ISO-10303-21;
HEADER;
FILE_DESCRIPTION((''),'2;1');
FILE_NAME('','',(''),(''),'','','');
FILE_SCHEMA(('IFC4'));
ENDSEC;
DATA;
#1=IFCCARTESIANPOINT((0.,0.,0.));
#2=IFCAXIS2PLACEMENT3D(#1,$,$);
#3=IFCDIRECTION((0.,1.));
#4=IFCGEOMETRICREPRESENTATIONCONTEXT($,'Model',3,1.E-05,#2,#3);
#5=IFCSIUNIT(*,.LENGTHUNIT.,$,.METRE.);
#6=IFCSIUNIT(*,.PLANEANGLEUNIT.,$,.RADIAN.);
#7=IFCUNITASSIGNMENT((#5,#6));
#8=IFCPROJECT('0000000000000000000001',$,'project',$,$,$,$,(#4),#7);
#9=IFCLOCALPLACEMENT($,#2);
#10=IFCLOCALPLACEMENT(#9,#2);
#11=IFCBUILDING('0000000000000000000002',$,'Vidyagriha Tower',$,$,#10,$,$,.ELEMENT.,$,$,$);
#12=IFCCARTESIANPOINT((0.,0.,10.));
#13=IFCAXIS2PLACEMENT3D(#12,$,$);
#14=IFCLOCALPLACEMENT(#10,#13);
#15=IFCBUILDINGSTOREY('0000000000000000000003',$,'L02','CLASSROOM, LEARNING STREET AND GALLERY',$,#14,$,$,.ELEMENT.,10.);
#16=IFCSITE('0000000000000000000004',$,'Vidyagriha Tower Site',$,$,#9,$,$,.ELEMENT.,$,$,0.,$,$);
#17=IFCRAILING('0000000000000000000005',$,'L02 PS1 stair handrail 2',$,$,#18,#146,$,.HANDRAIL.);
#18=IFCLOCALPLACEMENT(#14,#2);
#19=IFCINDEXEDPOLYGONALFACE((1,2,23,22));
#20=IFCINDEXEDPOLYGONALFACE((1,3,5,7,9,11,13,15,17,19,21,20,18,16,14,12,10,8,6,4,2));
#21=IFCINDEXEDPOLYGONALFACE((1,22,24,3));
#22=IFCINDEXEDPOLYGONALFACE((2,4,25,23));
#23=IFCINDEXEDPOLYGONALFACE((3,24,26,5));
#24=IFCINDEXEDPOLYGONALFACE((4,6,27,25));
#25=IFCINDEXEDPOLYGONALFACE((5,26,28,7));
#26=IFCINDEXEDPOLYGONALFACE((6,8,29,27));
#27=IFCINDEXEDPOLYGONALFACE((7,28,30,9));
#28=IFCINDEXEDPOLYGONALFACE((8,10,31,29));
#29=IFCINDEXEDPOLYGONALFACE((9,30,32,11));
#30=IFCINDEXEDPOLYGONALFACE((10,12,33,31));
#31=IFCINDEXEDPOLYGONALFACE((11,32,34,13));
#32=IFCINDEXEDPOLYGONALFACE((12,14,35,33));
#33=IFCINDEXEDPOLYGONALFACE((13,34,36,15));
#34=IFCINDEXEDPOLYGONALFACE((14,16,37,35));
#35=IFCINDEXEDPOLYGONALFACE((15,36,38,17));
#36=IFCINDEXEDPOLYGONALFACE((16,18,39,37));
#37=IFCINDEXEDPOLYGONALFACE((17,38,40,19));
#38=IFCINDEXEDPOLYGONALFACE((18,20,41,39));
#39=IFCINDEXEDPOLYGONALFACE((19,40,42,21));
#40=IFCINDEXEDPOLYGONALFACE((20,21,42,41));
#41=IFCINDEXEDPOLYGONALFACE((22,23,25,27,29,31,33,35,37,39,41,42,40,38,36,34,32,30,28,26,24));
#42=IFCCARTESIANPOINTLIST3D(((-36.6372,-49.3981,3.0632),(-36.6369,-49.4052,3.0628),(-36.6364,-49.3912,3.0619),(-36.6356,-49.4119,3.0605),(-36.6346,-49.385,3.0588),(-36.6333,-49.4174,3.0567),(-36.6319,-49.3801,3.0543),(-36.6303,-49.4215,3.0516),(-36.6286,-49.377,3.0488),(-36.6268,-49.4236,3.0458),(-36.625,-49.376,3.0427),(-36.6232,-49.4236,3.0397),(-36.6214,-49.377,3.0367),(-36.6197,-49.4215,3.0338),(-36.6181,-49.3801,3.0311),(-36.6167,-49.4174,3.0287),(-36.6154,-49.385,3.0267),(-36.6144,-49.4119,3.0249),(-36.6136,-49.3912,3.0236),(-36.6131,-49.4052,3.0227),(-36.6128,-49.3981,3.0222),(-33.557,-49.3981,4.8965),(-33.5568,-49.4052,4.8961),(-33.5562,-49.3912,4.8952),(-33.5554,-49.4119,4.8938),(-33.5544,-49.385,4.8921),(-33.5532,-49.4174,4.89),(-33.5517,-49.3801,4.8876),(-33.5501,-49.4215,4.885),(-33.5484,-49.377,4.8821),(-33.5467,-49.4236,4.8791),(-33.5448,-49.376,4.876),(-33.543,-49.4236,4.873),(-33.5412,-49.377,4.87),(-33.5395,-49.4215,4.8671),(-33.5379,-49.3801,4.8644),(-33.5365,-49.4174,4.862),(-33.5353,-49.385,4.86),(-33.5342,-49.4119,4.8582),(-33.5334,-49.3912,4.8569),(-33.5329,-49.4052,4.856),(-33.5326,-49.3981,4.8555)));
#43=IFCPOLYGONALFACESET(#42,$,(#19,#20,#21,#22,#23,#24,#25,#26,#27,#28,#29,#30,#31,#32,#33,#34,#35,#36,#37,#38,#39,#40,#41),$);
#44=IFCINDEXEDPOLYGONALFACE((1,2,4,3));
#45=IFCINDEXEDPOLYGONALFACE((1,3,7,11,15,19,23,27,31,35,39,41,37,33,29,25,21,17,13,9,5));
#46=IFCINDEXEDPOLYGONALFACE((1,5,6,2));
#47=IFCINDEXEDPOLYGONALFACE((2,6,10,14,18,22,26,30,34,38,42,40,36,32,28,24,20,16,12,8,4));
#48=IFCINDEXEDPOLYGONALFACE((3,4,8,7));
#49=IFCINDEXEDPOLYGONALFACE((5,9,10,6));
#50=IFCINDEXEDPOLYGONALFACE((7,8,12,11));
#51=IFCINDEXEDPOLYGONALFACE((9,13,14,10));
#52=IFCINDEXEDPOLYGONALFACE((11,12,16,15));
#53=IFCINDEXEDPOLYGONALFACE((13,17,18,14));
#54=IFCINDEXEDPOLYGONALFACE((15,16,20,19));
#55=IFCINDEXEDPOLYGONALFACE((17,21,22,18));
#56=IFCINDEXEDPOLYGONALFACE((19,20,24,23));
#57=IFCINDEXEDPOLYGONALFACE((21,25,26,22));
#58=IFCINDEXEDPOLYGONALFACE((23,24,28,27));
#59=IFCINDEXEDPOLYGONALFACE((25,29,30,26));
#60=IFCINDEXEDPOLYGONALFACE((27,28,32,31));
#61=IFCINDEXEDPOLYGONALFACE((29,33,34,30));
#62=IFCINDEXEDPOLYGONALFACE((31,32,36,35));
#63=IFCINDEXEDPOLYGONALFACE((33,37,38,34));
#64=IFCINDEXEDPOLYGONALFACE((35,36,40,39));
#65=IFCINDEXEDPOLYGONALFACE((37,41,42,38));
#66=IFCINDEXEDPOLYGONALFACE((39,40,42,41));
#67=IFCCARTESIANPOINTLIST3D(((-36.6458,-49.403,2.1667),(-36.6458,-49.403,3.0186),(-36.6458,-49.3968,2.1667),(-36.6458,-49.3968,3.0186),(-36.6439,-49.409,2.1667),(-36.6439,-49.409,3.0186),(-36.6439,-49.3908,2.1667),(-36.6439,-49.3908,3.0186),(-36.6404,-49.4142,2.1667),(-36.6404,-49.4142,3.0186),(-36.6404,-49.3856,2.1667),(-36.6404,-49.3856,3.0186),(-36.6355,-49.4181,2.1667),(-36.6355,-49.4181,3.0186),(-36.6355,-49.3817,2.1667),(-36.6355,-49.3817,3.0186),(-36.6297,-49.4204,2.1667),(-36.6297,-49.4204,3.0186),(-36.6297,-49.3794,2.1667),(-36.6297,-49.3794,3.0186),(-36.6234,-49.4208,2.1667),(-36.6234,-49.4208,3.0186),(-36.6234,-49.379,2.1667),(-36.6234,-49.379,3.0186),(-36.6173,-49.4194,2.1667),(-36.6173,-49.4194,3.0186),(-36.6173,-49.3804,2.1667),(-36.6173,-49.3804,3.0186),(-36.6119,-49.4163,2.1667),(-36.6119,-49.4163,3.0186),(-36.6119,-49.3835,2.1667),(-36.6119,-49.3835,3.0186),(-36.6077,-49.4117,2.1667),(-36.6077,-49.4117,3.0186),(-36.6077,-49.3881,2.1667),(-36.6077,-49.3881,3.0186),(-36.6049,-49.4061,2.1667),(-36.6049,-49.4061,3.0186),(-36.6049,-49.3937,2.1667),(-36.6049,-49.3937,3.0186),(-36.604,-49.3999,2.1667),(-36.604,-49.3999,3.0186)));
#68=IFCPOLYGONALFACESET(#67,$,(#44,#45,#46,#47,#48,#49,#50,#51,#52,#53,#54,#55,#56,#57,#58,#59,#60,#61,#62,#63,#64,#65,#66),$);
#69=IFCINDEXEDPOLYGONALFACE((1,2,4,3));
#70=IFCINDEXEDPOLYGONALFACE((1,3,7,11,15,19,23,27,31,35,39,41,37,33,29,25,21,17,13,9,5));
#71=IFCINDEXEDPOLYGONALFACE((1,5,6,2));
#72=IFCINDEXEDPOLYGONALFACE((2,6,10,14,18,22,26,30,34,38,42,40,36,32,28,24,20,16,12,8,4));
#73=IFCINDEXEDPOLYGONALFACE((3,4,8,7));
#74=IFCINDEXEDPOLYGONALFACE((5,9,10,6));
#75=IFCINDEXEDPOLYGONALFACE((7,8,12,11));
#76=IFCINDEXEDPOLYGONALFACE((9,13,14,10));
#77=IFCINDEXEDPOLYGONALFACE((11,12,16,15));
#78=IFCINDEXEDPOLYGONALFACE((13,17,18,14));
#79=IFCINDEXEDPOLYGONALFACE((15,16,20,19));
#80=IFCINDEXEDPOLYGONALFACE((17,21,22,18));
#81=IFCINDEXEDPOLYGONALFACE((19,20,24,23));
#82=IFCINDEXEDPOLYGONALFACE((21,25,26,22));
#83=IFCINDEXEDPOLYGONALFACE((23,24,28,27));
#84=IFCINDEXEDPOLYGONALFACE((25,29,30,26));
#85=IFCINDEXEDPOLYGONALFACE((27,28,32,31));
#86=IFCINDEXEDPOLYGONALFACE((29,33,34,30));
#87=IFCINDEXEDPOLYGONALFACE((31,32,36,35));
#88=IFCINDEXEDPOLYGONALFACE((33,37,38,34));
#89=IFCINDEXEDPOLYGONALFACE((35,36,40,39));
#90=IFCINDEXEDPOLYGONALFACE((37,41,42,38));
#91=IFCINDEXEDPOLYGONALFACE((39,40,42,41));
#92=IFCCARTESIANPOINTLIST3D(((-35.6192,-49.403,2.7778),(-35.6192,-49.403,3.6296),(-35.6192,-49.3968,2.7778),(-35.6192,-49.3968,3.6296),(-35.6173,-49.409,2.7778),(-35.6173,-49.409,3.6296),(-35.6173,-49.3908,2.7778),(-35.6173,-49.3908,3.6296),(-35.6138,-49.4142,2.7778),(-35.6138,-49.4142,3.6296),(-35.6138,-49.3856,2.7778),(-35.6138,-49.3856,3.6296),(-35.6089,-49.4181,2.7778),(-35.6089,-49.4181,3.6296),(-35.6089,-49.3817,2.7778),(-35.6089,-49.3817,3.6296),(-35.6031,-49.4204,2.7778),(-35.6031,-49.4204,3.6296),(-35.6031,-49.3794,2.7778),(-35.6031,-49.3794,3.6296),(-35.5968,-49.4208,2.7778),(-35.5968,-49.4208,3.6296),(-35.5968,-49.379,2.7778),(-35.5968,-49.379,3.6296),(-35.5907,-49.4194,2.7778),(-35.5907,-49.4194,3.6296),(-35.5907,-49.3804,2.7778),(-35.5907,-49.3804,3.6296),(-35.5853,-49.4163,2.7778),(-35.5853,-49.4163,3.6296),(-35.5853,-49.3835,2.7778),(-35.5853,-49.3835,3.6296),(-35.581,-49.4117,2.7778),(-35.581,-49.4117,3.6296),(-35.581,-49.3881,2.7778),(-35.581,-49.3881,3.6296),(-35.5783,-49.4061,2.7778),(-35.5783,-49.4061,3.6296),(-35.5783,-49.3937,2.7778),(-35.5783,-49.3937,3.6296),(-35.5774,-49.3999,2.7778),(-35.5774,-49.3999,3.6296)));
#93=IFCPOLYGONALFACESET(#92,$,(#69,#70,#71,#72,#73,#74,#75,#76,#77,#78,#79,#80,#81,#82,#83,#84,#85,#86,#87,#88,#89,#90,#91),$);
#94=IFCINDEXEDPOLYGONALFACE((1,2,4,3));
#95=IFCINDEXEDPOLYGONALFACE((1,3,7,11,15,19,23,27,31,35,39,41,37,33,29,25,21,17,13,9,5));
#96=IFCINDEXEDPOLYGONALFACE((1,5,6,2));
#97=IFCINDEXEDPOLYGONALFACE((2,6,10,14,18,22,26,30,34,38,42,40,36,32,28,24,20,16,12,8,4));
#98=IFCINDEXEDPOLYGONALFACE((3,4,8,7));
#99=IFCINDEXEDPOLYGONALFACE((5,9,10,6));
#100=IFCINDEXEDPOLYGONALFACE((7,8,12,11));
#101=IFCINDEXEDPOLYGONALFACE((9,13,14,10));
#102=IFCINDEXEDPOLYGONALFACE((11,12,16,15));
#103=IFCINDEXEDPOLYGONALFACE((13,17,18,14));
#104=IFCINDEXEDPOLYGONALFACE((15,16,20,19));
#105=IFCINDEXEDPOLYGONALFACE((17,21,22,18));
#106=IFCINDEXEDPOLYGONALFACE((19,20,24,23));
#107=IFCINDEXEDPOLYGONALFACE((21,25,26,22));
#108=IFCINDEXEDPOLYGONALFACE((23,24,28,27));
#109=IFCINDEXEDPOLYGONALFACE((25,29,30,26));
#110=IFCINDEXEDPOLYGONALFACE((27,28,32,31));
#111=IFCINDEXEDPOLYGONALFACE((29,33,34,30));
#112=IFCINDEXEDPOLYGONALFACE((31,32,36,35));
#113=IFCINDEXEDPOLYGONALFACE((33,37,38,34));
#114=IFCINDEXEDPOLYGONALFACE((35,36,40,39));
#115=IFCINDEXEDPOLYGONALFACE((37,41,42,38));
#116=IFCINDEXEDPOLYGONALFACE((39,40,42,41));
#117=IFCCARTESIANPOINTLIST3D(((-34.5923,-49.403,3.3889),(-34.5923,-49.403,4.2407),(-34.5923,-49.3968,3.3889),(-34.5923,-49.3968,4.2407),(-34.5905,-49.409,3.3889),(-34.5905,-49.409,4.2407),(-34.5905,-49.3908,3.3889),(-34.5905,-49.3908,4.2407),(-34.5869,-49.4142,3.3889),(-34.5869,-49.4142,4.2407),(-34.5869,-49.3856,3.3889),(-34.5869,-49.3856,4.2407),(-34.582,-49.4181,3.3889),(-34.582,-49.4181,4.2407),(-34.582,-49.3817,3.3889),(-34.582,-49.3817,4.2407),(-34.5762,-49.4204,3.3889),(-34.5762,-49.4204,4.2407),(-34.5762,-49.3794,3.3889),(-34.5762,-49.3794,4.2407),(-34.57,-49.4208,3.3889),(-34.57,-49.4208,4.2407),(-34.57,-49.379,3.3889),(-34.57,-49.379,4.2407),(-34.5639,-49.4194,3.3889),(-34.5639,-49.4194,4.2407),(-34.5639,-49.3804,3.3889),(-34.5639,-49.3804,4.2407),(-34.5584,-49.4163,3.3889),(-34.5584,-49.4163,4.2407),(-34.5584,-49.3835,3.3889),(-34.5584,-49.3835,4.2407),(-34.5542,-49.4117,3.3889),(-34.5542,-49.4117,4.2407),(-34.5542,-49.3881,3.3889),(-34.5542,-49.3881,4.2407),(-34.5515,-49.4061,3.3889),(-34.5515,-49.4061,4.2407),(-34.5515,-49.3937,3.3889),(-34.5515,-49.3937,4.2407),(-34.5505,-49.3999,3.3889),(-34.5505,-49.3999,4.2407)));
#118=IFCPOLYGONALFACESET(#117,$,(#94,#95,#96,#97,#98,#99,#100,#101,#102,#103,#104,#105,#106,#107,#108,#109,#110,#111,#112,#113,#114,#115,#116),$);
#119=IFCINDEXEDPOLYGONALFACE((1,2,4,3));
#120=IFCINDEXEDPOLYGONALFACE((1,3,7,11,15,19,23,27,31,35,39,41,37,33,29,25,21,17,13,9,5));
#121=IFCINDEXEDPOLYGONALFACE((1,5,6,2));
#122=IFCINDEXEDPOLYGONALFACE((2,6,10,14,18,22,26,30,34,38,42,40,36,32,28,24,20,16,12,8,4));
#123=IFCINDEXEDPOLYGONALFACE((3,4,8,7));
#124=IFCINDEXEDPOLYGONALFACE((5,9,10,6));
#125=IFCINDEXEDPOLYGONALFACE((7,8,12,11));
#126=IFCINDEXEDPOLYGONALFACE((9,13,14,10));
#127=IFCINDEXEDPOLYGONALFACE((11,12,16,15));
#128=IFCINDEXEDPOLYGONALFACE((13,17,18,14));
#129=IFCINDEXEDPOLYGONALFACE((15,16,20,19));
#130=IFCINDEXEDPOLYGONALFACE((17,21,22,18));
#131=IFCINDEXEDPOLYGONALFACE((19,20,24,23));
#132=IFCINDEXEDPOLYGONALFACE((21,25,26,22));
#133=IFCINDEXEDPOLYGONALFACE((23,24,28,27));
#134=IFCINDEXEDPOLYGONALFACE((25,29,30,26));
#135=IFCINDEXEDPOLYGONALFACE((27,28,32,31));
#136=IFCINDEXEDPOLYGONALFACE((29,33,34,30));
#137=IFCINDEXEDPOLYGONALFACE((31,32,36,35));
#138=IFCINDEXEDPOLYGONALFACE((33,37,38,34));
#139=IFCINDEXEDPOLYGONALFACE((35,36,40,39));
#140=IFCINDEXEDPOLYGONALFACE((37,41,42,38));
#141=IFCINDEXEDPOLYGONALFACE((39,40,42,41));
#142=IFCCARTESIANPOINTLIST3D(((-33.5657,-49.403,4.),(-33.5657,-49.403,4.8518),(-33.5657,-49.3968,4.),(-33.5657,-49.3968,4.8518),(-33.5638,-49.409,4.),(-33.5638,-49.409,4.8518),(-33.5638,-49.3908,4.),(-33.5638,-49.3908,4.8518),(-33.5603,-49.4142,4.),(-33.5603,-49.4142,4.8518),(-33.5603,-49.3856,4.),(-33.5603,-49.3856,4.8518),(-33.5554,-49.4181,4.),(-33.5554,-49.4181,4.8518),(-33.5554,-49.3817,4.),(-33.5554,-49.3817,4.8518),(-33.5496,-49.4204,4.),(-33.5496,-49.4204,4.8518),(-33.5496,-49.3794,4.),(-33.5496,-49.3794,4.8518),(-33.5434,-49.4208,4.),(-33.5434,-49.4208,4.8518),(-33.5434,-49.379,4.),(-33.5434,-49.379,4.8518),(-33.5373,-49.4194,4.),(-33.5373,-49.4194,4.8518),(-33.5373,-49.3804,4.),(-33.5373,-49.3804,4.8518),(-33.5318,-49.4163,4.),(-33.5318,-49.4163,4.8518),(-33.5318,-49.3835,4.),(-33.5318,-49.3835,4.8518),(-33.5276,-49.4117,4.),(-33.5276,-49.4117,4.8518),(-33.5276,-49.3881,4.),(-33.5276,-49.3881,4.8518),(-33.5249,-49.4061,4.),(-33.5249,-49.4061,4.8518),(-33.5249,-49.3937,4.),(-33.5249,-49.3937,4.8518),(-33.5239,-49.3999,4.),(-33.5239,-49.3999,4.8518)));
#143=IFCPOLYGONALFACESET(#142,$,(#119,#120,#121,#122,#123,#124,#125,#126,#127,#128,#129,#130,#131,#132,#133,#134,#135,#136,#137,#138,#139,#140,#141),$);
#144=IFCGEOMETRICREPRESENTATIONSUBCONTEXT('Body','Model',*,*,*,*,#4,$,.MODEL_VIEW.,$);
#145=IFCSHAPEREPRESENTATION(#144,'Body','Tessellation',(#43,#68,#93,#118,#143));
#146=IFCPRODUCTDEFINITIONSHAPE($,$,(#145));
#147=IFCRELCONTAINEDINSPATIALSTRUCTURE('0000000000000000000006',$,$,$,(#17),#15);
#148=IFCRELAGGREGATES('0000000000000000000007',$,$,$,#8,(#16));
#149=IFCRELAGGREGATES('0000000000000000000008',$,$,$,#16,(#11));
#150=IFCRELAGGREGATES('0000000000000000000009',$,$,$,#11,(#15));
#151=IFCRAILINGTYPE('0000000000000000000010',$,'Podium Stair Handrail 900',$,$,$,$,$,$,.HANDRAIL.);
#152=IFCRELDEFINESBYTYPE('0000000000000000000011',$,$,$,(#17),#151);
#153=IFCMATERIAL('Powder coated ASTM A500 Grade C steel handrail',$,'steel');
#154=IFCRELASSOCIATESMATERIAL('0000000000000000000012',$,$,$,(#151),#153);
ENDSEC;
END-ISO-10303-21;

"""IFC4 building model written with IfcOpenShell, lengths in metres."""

from ifc_helpers import new_model, si_unit, direction, frame, origin, origin_2d, place, context, subcontext, project, spatial, circle, extrude, material, type_object, element, save


model = new_model("IFC4")

# Units and contexts
model_context = context("Model", 3, precision=1e-05, world=origin(), true_north=direction((0.0, 1.0)))
body_context = subcontext(model_context, "Body", "Model", "MODEL_VIEW")
ifc_project = project(units=[si_unit("LENGTHUNIT", "METRE"), si_unit("PLANEANGLEUNIT", "RADIAN")], contexts=[model_context])

# Site, building, storey
site_placement = place(None, origin())
site = spatial("IfcSite", under=ifc_project, at=site_placement, Name="Vidyagriha Tower Site", CompositionType="ELEMENT", RefElevation=0.0)
building_placement = place(site_placement, origin())
building = spatial("IfcBuilding", under=site, at=building_placement, Name="Vidyagriha Tower", CompositionType="ELEMENT")
storey_placement = place(building_placement, frame((0.0, 0.0, 10.0)))
storey = spatial("IfcBuildingStorey", under=building, at=storey_placement, Name="L02", Description="CLASSROOM, LEARNING STREET AND GALLERY", CompositionType="ELEMENT", Elevation=10.0)

# Railing
ifc_material_1 = material(Name="Powder coated ASTM A500 Grade C steel handrail", Category="steel")
railing_type_1 = type_object("IfcRailingType", Name="Podium Stair Handrail 900", PredefinedType="HANDRAIL", material=ifc_material_1)
railing_1_placement = place(storey_placement, frame((-36.625, -49.3999, 2.1667)))
element("IfcRailing", 1, at=railing_1_placement, inside=storey, type_object=railing_type_1, Name="L02 PS1 stair handrail 2", PredefinedType="HANDRAIL", context=body_context, shape_type="SweptSolid", body=[
    extrude(circle(Radius=0.0239, at=origin_2d()), frame((0.0, 0.0, 0.876), z_axis=(0.859309, 0.0, 0.511458), x_axis=(0.0, 1.0, 0.0)), (0.0, 0.0, 1.0), 3.5845),
    extrude(circle(Radius=0.021, at=origin_2d()), origin(), (0.0, 0.0, 1.0), 0.8518),
    extrude(circle(Radius=0.021, at=origin_2d()), frame((1.0266, 0.0, 0.6111)), (0.0, 0.0, 1.0), 0.8518),
    extrude(circle(Radius=0.021, at=origin_2d()), frame((2.0535, 0.0, 1.2222)), (0.0, 0.0, 1.0), 0.8518),
    extrude(circle(Radius=0.021, at=origin_2d()), frame((3.0801, 0.0, 1.8333)), (0.0, 0.0, 1.0), 0.8518),
])

save(model, "model.ifc")
